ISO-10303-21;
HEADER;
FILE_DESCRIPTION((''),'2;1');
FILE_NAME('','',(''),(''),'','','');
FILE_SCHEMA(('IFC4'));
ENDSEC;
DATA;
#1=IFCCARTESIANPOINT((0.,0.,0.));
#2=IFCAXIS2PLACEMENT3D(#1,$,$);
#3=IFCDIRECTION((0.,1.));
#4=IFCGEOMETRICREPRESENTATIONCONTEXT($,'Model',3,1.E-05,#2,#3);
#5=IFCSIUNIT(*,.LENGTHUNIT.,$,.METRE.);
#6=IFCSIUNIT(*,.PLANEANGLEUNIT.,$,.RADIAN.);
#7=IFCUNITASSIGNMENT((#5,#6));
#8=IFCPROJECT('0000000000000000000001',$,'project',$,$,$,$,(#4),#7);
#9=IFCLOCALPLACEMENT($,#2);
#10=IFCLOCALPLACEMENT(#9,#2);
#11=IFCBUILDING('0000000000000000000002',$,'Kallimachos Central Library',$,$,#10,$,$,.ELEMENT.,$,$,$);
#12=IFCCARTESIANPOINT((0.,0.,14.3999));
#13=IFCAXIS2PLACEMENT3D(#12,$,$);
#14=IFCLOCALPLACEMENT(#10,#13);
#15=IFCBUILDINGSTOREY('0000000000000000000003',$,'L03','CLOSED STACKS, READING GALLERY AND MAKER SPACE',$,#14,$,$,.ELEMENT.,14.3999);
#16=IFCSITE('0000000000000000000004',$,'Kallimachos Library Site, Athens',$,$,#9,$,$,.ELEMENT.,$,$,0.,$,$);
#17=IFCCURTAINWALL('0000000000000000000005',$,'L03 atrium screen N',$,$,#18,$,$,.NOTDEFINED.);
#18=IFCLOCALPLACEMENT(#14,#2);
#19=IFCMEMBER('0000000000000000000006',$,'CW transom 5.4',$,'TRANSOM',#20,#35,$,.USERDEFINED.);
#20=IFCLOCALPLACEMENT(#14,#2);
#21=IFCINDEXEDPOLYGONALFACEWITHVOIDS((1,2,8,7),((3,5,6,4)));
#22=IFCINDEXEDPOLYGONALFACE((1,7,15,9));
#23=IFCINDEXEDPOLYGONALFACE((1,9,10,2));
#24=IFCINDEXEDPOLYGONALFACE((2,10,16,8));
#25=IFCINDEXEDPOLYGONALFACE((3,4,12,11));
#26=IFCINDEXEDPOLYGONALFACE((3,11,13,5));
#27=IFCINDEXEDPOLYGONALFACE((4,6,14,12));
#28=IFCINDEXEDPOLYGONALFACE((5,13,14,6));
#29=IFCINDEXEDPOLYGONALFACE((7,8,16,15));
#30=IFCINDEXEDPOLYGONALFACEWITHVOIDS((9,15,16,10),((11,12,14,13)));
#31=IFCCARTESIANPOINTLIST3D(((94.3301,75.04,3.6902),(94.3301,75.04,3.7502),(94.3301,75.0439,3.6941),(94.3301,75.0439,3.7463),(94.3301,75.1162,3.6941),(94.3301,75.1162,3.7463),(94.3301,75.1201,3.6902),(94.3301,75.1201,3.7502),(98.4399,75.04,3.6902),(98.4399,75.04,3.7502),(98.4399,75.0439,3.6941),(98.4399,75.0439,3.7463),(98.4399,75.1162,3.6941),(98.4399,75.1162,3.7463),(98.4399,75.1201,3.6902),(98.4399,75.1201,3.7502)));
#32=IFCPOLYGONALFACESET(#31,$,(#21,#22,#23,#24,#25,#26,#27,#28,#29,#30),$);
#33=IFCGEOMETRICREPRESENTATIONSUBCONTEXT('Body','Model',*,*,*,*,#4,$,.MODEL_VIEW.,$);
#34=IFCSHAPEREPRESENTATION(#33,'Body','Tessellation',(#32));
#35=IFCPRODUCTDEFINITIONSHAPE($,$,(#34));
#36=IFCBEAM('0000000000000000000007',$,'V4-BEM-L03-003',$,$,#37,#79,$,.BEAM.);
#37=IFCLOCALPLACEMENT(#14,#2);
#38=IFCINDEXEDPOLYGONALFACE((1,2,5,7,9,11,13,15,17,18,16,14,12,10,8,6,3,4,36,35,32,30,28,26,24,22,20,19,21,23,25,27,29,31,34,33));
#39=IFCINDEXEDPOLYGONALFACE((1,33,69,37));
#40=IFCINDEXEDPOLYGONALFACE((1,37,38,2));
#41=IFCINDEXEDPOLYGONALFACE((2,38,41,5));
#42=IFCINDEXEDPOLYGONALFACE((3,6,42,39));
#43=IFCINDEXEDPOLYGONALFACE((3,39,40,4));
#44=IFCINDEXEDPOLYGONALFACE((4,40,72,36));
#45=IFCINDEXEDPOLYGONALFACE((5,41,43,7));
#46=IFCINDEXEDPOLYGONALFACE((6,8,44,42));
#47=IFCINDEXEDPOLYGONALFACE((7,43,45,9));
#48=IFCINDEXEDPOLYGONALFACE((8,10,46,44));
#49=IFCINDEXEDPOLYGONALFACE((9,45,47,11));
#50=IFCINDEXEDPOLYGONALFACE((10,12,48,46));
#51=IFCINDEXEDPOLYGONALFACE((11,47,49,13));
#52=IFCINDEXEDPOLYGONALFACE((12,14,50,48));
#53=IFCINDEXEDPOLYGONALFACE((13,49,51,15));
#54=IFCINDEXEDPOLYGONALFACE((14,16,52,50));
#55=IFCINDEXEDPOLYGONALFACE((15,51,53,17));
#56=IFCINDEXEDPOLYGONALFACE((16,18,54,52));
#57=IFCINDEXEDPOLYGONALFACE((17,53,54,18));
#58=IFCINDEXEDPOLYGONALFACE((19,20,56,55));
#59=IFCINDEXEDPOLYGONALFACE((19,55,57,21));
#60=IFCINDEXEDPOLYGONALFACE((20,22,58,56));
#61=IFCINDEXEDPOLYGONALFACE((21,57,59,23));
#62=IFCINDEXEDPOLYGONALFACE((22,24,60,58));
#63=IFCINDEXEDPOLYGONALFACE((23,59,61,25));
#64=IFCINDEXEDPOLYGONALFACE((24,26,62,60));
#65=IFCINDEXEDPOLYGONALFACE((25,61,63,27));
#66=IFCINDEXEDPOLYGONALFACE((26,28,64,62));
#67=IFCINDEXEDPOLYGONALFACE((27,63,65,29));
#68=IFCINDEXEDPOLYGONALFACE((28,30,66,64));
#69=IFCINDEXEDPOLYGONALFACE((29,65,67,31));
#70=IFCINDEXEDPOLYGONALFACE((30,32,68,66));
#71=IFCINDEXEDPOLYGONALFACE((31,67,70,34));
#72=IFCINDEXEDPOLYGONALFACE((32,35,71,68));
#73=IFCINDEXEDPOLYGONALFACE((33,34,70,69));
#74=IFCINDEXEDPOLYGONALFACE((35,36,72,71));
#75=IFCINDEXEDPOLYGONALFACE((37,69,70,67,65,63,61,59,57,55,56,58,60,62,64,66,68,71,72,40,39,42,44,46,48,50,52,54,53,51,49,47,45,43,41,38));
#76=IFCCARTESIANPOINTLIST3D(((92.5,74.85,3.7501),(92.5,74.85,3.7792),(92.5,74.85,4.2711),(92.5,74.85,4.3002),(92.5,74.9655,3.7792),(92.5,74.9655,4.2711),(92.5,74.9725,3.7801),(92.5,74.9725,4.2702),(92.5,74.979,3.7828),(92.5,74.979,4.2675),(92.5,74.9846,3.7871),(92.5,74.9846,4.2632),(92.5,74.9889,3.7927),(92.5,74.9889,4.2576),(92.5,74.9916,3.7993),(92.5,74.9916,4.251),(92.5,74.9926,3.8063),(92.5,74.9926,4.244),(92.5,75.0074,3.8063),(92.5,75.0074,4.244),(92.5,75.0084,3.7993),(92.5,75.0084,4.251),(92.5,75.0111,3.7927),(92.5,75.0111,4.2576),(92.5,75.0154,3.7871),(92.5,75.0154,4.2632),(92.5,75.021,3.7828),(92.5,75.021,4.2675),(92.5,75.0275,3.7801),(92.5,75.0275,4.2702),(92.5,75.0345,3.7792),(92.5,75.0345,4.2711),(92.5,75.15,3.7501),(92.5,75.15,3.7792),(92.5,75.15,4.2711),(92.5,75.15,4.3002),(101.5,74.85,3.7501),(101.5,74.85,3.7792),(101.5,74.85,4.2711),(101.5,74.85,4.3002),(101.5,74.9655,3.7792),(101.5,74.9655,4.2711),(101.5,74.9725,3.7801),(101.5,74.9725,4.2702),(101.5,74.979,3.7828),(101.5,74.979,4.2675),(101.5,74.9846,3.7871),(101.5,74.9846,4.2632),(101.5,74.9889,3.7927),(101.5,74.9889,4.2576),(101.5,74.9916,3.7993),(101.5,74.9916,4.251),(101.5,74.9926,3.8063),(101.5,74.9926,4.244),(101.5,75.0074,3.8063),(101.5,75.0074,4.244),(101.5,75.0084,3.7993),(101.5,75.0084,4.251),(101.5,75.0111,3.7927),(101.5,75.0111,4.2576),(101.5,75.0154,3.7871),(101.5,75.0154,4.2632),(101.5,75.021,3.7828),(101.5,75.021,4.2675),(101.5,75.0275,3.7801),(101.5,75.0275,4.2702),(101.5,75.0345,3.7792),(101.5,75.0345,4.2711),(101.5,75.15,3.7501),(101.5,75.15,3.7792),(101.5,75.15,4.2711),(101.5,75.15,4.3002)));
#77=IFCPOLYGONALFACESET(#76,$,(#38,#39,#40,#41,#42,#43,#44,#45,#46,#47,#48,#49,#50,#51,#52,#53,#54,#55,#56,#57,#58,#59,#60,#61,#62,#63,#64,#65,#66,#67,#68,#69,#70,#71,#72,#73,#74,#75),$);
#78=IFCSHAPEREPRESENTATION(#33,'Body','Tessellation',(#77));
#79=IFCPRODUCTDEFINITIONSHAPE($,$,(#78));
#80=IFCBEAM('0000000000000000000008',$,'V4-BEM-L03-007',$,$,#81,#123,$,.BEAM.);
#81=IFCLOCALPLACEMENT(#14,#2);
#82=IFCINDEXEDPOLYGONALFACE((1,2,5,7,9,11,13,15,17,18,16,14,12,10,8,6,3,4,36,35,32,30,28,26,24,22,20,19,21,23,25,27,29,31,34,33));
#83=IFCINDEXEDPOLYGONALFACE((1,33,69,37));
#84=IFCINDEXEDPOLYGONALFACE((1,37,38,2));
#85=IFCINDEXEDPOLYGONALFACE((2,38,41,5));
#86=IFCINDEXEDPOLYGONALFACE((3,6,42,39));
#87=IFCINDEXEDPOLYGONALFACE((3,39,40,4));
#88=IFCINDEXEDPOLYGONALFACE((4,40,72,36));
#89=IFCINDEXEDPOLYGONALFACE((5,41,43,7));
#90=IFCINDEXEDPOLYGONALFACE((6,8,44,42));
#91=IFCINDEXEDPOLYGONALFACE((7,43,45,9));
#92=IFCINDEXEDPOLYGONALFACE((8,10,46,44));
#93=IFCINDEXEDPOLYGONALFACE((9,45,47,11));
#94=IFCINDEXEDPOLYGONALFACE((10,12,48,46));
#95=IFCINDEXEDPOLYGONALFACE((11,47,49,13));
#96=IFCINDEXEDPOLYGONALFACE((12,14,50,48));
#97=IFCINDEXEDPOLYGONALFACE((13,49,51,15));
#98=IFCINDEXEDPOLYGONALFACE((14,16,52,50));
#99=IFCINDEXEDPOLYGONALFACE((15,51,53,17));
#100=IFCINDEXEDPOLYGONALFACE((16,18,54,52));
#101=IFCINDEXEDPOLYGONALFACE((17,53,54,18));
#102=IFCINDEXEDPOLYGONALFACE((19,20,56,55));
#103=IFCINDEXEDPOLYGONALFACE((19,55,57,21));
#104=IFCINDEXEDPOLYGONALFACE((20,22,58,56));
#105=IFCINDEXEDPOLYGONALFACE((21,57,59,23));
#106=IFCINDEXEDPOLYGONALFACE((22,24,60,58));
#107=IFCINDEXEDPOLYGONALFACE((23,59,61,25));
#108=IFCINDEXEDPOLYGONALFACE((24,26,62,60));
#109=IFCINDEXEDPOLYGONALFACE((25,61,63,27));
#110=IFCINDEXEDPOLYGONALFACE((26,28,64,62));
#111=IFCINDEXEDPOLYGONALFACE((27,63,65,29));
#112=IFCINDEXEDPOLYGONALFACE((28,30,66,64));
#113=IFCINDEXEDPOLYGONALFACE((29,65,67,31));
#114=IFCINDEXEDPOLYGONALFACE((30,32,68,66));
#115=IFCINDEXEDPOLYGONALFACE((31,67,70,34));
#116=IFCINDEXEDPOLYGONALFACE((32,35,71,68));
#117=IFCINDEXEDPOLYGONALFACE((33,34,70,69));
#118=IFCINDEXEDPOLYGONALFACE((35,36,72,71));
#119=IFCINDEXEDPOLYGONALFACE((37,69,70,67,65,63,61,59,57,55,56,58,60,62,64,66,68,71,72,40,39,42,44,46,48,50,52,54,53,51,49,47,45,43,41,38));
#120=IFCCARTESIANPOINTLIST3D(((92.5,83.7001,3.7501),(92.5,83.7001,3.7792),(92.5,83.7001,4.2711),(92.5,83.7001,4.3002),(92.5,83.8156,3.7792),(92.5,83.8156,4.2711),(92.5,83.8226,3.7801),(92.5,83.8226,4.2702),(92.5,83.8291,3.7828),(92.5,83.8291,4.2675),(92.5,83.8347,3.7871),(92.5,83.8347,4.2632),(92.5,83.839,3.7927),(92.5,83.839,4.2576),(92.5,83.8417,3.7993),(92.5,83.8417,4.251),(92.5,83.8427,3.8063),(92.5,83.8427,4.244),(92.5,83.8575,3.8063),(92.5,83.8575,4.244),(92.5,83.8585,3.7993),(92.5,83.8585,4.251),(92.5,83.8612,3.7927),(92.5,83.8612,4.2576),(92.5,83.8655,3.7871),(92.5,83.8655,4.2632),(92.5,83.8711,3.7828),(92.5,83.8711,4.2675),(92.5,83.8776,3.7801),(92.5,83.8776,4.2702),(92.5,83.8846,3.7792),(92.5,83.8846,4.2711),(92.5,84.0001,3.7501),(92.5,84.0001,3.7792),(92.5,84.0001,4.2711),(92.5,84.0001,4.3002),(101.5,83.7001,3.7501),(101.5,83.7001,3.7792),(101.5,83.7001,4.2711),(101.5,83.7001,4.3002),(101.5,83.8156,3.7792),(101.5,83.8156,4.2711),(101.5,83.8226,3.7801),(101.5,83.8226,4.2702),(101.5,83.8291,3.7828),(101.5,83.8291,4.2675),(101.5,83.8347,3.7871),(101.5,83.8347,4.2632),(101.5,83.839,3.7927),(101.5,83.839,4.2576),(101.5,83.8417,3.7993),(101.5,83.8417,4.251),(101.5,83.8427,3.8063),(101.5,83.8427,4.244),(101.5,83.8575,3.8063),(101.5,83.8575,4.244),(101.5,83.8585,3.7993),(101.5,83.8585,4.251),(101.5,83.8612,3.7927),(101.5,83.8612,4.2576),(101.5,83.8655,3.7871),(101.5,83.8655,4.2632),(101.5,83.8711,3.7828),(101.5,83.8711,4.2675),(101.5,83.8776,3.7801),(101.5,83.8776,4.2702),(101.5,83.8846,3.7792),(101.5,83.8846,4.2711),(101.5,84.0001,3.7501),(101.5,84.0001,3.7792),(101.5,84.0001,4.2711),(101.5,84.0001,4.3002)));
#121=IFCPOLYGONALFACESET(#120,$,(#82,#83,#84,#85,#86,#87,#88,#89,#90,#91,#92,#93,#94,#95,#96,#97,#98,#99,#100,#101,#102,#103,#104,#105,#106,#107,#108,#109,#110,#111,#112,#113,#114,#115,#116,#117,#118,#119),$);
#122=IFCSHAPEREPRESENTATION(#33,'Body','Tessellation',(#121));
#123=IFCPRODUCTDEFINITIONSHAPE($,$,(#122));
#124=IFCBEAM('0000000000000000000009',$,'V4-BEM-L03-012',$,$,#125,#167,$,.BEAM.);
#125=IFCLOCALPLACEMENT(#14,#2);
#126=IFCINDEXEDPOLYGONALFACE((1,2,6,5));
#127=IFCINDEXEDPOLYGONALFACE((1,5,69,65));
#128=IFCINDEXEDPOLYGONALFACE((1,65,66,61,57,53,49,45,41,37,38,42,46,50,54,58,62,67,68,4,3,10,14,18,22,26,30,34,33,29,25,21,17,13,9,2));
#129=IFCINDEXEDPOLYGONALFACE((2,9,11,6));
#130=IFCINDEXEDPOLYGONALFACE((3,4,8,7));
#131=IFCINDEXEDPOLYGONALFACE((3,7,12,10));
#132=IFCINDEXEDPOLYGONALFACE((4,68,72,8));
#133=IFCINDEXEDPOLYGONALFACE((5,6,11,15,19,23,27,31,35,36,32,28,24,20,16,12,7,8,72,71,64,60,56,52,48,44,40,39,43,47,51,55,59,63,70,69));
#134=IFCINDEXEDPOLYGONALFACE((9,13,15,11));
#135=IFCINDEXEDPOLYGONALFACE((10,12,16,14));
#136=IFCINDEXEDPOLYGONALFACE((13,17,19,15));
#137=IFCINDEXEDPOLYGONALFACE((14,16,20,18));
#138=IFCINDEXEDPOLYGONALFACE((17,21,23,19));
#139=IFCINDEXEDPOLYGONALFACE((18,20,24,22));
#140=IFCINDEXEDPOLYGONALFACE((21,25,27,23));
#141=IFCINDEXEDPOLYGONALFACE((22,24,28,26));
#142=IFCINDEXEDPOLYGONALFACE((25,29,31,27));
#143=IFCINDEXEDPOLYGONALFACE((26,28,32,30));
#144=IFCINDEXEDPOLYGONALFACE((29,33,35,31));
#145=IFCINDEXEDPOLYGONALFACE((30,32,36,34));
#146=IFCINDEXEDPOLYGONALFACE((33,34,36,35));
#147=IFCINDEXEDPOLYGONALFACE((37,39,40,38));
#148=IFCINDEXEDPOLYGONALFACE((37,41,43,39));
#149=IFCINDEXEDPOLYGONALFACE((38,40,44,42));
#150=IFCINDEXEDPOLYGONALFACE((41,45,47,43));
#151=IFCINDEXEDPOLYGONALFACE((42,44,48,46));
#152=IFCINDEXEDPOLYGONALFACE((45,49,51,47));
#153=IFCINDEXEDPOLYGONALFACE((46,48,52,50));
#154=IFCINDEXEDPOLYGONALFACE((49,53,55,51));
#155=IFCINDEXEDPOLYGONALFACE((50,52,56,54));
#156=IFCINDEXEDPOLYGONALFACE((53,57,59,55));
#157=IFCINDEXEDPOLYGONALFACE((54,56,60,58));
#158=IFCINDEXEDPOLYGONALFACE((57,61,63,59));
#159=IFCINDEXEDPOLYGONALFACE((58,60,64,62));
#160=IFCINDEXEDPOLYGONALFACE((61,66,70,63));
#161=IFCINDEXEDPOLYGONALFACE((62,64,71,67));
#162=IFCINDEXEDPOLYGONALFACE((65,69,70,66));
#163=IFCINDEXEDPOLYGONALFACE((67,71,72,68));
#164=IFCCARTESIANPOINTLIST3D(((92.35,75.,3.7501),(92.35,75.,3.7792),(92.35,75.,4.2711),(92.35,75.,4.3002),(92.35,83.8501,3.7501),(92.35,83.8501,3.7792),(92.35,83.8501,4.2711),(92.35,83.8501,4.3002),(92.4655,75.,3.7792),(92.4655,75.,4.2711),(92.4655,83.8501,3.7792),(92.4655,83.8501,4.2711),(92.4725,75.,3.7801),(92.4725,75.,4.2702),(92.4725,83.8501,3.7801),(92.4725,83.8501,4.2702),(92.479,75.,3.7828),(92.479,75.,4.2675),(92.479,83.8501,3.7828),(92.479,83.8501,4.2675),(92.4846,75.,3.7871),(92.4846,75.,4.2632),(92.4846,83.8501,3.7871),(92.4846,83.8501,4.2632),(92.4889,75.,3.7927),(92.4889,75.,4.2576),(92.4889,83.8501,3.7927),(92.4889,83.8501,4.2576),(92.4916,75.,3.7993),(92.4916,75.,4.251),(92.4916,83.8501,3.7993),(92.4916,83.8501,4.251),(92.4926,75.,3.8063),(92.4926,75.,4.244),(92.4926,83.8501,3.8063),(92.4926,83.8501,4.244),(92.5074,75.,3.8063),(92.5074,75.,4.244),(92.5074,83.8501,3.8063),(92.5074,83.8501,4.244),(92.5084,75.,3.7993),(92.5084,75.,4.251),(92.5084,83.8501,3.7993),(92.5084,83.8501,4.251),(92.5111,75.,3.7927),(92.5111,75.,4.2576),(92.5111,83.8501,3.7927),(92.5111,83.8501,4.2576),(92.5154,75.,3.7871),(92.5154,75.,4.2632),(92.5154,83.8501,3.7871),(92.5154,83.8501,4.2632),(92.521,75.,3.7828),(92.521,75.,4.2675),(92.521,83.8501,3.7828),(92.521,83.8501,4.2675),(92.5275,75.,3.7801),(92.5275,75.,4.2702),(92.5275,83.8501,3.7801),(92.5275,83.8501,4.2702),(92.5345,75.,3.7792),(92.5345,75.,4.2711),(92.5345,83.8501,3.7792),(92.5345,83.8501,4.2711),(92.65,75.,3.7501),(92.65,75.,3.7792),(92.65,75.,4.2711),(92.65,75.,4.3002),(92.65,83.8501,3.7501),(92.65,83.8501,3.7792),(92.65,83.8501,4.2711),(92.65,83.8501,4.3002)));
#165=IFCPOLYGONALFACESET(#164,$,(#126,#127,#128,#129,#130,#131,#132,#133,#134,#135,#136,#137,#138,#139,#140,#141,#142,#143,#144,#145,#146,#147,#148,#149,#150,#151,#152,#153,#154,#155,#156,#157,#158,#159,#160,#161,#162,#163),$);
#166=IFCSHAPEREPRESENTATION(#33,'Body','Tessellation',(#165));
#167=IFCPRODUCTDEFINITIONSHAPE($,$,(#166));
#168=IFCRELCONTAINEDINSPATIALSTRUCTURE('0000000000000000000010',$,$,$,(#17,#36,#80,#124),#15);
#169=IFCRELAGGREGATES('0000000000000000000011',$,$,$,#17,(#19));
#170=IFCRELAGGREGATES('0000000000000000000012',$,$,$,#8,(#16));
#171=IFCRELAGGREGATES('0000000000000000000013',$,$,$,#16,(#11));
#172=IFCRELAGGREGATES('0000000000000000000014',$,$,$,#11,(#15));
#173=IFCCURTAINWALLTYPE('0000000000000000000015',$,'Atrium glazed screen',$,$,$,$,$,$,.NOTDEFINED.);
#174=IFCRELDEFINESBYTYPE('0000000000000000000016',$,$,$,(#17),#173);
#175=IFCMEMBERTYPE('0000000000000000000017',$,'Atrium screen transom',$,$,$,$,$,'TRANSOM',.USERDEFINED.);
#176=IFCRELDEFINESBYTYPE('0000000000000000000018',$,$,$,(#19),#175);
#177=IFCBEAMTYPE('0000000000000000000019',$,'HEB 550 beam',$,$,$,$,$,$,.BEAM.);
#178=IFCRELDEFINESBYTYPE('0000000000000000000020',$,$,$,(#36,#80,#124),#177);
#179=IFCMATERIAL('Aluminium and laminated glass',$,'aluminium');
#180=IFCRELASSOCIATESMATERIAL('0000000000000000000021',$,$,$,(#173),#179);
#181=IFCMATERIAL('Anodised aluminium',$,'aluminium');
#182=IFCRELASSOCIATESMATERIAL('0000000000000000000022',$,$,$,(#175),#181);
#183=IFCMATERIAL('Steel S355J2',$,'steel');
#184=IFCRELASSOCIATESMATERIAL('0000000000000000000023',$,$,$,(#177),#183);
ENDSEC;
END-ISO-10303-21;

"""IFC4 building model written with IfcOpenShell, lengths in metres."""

from ifc_helpers import new_model, si_unit, direction, frame, origin, origin_2d, place, context, subcontext, project, spatial, hollow_rectangle, i_section, extrude, material, material_profile, profile_set, type_object, element, aggregate, save


model = new_model("IFC4")

# Units and contexts
model_context = context("Model", 3, precision=1e-05, world=origin(), true_north=direction((0.0, 1.0)))
body_context = subcontext(model_context, "Body", "Model", "MODEL_VIEW")
ifc_project = project(units=[si_unit("LENGTHUNIT", "METRE"), si_unit("PLANEANGLEUNIT", "RADIAN")], contexts=[model_context])

# Site, building, storey
site_placement = place(None, origin())
site = spatial("IfcSite", under=ifc_project, at=site_placement, Name="Kallimachos Library Site, Athens", CompositionType="ELEMENT", RefElevation=0.0)
building_placement = place(site_placement, origin())
building = spatial("IfcBuilding", under=site, at=building_placement, Name="Kallimachos Central Library", CompositionType="ELEMENT")
storey_placement = place(building_placement, frame((0.0, 0.0, 14.3999)))
storey = spatial("IfcBuildingStorey", under=building, at=storey_placement, Name="L03", Description="CLOSED STACKS, READING GALLERY AND MAKER SPACE", CompositionType="ELEMENT", Elevation=14.3999)

# Curtain wall, member
ifc_material_1 = material(Name="Aluminium and laminated glass", Category="aluminium")
curtain_wall_type = type_object("IfcCurtainWallType", Name="Atrium glazed screen", PredefinedType="NOTDEFINED", material=ifc_material_1)
curtain_wall_placement = place(storey_placement, origin())
curtain_wall = element("IfcCurtainWall", 1, at=curtain_wall_placement, inside=storey, type_object=curtain_wall_type, Name="L03 atrium screen N", PredefinedType="NOTDEFINED")
ifc_material_2 = material(Name="Anodised aluminium", Category="aluminium")
ifc_material_profile_1 = material_profile(ifc_material_2, hollow_rectangle(XDim=0.0601, YDim=0.0801, WallThickness=0.0039, at=origin_2d()), Name="ALU TRANSOM 60x80")
ifc_profile_set_1 = profile_set([ifc_material_profile_1], Name="Anodised aluminium")
member_type_1 = type_object("IfcMemberType", Name="Atrium screen transom", ElementType="TRANSOM", PredefinedType="USERDEFINED", material=ifc_profile_set_1)
member_1_placement = place(storey_placement, frame((94.3301, 75.0801, 3.7202), z_axis=(1.0, 0.0, 0.0), x_axis=(0.0, 0.0, 1.0)))
member_1 = element("IfcMember", 2, at=member_1_placement, type_object=member_type_1, Name="CW transom 5.4", ObjectType="TRANSOM", PredefinedType="USERDEFINED", context=body_context, shape_type="SweptSolid", body=[
    extrude(hollow_rectangle(XDim=0.0601, YDim=0.0801, WallThickness=0.0039, at=origin_2d()), origin(), (0.0, 0.0, 1.0), 4.1099),
])

# Beams
ifc_material_3 = material(Name="Steel S355J2", Category="steel")
ifc_material_profile_2 = material_profile(ifc_material_3, i_section(OverallWidth=0.3, OverallDepth=0.55, WebThickness=0.0149, FlangeThickness=0.0291, FilletRadius=0.0271, at=origin_2d()), Name="HEB 550")
ifc_profile_set_2 = profile_set([ifc_material_profile_2], Name="Steel S355J2")
beam_type_1 = type_object("IfcBeamType", Name="HEB 550 beam", PredefinedType="BEAM", material=ifc_profile_set_2)
for number, where, z_axis, x_axis, name in (
    (3, (92.5, 75.0, 4.0251), (1.0, 0.0, 0.0), (0.0, 1.0, 0.0), "V4-BEM-L03-003"),
    (4, (92.5, 83.8501, 4.0251), (1.0, 0.0, 0.0), (0.0, 1.0, 0.0), "V4-BEM-L03-007"),
):
    element("IfcBeam", number, at=place(storey_placement, frame(where, z_axis=z_axis, x_axis=x_axis)), inside=storey, type_object=beam_type_1, Name=name, PredefinedType="BEAM", context=body_context, shape_type="SweptSolid", body=[
        extrude(i_section(OverallWidth=0.3, OverallDepth=0.55, WebThickness=0.0149, FlangeThickness=0.0291, FilletRadius=0.0271, at=origin_2d()), origin(), (0.0, 0.0, 1.0), 9.0),
    ])
beam_placement = place(storey_placement, frame((92.5, 75.0, 4.0251), z_axis=(0.0, 1.0, 0.0), x_axis=(-1.0, 0.0, 0.0)))
element("IfcBeam", 5, at=beam_placement, inside=storey, type_object=beam_type_1, Name="V4-BEM-L03-012", PredefinedType="BEAM", context=body_context, shape_type="SweptSolid", body=[
    extrude(i_section(OverallWidth=0.3, OverallDepth=0.55, WebThickness=0.0149, FlangeThickness=0.0291, FilletRadius=0.0271, at=origin_2d()), origin(), (0.0, 0.0, 1.0), 8.8501),
])

aggregate(curtain_wall, [member_1])

save(model, "model.ifc")
